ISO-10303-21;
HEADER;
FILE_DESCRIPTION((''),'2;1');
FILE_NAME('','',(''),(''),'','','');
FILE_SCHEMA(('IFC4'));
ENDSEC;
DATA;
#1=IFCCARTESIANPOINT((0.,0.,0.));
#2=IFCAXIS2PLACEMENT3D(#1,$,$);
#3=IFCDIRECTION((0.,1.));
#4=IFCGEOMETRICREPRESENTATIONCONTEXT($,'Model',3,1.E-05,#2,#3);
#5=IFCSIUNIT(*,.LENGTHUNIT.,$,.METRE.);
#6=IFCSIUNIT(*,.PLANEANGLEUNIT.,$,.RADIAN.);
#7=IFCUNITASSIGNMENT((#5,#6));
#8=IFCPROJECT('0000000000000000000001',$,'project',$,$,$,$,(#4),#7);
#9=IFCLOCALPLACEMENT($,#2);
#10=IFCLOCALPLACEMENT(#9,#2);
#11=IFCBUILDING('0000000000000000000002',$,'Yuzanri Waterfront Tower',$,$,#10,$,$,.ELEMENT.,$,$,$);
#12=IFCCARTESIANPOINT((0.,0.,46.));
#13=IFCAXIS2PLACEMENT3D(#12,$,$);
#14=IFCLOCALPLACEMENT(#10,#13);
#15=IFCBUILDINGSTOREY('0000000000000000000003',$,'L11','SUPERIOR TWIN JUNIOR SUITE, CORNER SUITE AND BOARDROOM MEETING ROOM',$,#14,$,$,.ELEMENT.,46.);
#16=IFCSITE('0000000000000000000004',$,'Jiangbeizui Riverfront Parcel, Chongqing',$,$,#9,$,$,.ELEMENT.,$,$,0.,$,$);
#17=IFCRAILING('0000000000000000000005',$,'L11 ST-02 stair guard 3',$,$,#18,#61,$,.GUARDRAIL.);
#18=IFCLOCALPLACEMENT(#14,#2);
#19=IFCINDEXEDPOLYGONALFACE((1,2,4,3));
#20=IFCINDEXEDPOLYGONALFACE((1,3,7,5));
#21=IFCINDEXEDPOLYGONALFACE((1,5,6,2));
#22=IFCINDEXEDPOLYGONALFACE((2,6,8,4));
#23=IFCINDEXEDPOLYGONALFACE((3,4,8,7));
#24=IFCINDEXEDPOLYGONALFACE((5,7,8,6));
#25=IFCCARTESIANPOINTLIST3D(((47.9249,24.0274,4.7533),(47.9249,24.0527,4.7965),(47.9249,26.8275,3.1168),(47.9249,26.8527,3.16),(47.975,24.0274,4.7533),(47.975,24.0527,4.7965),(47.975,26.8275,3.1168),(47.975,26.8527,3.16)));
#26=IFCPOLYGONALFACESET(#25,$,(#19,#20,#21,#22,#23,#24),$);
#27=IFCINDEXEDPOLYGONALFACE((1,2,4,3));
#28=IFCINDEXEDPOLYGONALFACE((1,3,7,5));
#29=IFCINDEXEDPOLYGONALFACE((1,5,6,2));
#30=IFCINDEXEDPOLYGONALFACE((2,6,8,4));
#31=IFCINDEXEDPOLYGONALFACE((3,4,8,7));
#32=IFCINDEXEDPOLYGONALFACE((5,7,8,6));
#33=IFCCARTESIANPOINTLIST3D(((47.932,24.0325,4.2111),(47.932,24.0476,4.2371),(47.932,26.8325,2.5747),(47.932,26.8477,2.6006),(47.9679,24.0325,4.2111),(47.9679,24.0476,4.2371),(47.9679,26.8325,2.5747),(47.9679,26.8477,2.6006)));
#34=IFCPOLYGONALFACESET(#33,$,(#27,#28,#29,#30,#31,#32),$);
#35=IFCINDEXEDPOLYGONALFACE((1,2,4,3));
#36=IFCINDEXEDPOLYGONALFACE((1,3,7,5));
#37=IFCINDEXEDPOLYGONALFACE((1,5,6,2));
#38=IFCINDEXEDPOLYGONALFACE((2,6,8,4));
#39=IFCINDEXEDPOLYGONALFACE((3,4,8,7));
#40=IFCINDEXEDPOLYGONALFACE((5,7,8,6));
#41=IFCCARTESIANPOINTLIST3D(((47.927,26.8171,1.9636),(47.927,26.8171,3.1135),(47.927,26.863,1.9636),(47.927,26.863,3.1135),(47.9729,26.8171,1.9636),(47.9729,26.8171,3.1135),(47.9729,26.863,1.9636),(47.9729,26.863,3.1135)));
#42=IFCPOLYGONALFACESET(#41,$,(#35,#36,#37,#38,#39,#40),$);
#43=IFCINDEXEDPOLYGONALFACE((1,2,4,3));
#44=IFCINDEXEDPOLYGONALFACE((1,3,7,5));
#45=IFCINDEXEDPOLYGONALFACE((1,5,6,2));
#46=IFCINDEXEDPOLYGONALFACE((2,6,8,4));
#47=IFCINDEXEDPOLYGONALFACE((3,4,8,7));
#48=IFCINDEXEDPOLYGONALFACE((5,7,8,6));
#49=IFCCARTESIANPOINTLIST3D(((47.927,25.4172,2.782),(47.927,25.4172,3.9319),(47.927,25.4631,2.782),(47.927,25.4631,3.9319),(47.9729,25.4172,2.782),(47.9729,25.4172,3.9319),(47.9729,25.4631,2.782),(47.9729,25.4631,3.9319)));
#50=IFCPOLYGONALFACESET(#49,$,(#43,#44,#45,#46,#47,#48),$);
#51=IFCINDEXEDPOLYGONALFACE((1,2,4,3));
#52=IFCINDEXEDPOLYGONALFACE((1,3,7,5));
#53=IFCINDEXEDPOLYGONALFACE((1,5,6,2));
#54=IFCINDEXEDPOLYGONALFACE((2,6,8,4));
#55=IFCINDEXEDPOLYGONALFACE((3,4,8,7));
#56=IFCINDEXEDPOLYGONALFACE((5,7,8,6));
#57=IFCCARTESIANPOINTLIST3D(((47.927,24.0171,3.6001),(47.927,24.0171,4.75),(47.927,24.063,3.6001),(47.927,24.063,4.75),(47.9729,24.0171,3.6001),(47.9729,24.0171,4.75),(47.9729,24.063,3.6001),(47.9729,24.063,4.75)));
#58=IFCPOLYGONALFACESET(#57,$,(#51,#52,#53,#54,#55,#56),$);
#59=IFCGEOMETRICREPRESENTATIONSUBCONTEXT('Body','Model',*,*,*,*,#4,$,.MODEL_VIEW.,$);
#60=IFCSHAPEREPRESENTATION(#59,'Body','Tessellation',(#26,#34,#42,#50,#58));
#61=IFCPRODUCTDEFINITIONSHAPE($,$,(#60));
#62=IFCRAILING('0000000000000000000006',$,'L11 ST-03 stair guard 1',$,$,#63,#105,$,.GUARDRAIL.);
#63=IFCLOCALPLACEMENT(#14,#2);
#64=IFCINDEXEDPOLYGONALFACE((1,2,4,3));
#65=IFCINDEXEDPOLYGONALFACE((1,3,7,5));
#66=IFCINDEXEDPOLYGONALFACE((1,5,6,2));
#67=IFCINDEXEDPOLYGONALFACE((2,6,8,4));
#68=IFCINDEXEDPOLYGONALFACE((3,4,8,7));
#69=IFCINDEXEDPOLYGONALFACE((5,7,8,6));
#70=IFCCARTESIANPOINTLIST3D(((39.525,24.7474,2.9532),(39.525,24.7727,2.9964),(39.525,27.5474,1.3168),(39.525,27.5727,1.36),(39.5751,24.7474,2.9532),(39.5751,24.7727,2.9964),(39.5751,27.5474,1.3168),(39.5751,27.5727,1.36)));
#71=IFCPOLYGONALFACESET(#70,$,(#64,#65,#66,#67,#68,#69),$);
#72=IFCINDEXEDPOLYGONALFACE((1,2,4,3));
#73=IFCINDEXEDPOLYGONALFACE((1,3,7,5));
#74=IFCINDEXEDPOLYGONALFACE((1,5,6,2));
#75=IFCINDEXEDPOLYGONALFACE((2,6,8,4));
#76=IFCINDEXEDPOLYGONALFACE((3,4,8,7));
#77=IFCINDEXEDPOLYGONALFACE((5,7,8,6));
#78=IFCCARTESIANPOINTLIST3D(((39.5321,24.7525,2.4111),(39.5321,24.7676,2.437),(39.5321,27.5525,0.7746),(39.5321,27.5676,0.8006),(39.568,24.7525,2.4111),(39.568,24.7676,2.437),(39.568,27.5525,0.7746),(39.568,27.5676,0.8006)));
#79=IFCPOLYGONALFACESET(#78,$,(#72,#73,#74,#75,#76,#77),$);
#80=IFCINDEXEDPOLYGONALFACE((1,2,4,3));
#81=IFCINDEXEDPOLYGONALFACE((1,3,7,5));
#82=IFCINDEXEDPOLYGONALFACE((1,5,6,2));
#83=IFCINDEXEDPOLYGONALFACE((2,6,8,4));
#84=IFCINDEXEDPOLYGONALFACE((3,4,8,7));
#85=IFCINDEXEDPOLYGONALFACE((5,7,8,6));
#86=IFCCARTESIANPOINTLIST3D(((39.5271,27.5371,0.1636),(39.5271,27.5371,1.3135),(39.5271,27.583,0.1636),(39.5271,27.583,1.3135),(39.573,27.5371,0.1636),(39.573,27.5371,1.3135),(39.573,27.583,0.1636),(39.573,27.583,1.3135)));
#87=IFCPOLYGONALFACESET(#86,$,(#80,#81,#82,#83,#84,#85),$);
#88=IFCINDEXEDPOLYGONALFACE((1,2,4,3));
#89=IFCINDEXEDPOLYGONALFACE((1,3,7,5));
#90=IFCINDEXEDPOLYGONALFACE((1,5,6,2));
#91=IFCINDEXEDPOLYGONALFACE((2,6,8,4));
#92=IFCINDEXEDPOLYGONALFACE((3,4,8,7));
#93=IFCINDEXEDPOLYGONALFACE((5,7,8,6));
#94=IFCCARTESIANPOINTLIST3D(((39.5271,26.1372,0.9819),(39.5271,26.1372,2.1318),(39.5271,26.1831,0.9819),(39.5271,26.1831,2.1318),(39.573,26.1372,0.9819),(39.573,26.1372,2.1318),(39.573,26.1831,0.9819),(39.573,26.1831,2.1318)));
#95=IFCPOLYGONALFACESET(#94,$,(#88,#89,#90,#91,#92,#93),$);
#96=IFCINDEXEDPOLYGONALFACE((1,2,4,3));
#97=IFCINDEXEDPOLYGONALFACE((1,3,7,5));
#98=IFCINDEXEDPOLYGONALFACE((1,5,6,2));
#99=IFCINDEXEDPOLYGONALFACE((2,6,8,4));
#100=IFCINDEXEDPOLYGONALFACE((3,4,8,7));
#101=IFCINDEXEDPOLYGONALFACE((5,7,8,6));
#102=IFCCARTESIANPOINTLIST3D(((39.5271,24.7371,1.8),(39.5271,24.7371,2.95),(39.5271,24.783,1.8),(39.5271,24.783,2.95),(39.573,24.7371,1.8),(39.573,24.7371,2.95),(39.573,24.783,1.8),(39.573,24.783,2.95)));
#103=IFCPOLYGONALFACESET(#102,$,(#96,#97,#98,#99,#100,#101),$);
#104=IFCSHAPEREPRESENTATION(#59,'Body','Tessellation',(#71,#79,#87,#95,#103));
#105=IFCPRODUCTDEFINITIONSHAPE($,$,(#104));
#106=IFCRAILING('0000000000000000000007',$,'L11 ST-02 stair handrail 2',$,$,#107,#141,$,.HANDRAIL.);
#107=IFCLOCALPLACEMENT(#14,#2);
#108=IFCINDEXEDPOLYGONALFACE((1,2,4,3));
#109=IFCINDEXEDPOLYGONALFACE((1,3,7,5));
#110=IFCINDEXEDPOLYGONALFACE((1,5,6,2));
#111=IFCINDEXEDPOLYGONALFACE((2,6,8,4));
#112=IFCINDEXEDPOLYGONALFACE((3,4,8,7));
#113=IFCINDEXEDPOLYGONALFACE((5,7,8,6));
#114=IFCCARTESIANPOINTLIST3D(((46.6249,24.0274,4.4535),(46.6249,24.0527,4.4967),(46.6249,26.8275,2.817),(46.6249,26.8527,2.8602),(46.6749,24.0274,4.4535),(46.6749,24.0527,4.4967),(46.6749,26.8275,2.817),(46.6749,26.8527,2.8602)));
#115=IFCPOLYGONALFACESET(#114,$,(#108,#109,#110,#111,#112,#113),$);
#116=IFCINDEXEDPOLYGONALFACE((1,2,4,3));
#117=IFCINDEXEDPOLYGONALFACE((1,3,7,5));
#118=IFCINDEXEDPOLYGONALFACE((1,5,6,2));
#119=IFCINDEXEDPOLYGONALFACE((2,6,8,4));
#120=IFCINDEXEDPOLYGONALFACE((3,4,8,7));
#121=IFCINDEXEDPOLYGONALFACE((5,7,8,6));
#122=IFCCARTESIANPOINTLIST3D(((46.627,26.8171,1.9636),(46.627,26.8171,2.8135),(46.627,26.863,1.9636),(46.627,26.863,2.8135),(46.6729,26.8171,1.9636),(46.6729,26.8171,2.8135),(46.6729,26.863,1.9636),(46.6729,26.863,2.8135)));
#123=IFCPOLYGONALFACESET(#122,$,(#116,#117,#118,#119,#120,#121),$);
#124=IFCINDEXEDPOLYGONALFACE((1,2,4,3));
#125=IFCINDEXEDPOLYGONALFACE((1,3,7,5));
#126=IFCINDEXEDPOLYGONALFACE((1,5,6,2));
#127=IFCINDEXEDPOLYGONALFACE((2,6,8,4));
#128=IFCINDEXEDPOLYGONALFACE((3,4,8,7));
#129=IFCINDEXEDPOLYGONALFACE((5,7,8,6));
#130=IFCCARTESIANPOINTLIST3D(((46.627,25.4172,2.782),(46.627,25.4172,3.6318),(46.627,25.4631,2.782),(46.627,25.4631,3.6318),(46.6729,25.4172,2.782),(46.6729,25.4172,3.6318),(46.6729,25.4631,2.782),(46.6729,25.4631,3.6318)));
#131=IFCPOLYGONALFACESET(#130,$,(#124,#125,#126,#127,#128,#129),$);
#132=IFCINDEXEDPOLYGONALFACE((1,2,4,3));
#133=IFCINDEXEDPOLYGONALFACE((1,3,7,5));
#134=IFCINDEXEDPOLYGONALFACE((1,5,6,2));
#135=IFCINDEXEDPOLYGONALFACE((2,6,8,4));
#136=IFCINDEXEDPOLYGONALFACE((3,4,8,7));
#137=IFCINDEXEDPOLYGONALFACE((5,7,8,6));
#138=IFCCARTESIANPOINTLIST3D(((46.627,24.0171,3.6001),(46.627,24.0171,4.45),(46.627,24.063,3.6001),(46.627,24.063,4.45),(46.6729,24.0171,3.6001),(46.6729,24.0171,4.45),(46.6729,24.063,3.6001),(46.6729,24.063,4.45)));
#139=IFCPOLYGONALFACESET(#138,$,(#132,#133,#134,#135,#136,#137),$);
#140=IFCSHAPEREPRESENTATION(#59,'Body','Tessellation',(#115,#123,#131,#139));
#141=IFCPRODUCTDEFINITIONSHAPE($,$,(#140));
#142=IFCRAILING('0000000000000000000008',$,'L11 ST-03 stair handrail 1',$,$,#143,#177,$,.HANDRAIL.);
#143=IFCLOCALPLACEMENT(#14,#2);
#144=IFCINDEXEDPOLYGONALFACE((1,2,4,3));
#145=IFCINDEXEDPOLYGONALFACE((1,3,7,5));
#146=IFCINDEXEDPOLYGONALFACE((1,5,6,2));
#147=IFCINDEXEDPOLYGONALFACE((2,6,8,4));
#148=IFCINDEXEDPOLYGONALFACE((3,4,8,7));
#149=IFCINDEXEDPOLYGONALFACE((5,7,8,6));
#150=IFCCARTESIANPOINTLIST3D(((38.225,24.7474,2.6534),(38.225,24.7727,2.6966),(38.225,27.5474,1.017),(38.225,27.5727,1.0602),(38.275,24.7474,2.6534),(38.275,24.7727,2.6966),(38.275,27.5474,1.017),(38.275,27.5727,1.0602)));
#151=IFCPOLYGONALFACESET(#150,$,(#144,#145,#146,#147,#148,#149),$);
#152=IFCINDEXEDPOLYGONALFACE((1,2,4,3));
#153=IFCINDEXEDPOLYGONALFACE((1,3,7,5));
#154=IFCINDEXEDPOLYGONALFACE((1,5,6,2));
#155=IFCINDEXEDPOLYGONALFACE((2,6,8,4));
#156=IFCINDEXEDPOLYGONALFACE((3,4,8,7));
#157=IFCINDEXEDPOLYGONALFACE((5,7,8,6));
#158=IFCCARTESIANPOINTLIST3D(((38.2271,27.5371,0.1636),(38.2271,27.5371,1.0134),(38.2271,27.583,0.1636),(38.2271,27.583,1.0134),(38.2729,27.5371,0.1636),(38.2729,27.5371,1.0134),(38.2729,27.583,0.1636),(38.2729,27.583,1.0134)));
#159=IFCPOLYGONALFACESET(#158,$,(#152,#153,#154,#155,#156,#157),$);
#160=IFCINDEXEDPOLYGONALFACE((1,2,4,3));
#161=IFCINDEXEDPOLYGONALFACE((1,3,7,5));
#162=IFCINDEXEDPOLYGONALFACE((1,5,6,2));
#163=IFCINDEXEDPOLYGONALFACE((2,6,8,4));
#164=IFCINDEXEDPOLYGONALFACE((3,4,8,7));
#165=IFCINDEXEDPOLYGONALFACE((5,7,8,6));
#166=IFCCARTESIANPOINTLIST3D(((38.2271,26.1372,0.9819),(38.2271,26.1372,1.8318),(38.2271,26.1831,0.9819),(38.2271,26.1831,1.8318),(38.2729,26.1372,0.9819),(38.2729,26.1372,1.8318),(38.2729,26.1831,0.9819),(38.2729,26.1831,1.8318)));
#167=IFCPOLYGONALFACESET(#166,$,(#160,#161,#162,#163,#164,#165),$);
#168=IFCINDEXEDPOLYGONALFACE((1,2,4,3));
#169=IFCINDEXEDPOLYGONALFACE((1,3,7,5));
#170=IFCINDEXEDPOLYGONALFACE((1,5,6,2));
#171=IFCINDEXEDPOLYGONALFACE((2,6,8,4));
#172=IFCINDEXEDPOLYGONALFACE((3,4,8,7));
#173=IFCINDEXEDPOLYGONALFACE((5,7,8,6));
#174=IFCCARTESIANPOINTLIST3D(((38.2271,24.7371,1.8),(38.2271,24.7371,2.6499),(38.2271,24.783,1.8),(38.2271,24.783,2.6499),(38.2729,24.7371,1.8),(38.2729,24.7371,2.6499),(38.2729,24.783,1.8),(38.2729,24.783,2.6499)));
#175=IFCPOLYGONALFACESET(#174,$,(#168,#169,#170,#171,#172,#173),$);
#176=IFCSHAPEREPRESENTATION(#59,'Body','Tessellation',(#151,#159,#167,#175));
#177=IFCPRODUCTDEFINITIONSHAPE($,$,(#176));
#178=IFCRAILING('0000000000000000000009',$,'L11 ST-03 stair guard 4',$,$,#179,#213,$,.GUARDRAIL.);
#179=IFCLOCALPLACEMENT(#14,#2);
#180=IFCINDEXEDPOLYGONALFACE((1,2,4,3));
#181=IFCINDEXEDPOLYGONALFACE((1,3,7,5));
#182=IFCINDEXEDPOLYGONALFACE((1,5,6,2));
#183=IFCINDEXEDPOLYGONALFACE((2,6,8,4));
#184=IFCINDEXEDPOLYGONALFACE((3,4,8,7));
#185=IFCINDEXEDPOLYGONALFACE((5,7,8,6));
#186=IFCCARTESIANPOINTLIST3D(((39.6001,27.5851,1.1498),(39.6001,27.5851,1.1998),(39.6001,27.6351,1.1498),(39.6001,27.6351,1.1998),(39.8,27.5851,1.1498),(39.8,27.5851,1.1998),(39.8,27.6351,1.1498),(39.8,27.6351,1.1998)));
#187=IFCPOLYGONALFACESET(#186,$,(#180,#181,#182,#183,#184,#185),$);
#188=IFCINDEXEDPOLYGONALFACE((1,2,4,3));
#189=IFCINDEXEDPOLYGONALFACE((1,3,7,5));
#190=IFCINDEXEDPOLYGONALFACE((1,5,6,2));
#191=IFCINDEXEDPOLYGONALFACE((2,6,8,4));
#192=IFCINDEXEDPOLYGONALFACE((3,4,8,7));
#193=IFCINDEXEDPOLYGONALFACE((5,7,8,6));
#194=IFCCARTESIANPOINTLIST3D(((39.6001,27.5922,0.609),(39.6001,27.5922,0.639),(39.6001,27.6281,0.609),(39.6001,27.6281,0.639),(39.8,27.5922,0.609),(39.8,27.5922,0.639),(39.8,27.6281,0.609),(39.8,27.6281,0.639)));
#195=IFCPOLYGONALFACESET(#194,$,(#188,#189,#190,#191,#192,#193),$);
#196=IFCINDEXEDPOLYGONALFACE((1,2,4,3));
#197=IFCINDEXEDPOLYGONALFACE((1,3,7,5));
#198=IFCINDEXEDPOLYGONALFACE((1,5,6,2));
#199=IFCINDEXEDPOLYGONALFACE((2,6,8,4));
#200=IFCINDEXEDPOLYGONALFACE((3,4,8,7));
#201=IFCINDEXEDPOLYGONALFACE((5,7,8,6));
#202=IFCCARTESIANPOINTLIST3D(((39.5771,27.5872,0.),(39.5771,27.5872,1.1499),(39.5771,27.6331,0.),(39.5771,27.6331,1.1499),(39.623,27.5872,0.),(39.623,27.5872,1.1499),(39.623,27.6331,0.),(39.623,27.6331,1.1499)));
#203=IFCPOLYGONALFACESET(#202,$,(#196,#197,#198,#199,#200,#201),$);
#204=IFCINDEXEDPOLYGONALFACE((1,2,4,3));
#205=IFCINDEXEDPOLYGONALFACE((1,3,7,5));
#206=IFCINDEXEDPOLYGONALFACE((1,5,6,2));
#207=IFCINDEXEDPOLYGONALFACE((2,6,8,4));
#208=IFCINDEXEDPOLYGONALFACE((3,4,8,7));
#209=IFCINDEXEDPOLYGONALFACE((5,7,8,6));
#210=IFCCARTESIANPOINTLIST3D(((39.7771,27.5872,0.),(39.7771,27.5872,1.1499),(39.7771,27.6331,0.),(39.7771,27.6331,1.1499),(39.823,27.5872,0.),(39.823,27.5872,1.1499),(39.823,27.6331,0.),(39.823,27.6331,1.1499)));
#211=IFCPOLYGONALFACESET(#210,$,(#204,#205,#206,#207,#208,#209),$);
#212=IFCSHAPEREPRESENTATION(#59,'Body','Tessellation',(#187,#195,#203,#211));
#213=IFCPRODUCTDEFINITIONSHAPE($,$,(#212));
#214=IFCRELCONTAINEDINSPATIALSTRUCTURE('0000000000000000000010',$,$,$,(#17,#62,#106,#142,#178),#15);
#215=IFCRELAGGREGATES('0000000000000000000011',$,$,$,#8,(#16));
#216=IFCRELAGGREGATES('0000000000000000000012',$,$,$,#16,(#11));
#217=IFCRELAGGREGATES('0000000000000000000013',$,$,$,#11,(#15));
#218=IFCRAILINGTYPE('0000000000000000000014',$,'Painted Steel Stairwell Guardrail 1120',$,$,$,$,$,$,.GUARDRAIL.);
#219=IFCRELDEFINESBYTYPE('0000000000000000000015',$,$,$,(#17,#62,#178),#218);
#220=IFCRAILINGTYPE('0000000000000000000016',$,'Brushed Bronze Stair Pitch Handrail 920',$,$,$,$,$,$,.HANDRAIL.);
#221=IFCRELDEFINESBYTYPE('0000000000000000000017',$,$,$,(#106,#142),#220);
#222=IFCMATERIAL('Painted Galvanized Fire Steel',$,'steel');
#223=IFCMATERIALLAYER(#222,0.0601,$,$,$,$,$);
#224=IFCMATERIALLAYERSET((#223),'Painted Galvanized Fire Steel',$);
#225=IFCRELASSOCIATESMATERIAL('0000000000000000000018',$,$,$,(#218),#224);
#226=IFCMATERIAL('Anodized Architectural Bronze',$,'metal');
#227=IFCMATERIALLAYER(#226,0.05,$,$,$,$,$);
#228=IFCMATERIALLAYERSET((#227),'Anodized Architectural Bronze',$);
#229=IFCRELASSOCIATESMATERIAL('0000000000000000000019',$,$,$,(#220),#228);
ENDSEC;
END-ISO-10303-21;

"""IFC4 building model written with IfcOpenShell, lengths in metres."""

from ifc_helpers import new_model, si_unit, direction, frame, origin, origin_2d, place, context, subcontext, project, spatial, rectangle, extrude, source, transform, mapped, material, layer, layer_set, type_object, element, save


model = new_model("IFC4")

# Units and contexts
model_context = context("Model", 3, precision=1e-05, world=origin(), true_north=direction((0.0, 1.0)))
body_context = subcontext(model_context, "Body", "Model", "MODEL_VIEW")
ifc_project = project(units=[si_unit("LENGTHUNIT", "METRE"), si_unit("PLANEANGLEUNIT", "RADIAN")], contexts=[model_context])

# Site, building, storey
site_placement = place(None, origin())
site = spatial("IfcSite", under=ifc_project, at=site_placement, Name="Jiangbeizui Riverfront Parcel, Chongqing", CompositionType="ELEMENT", RefElevation=0.0)
building_placement = place(site_placement, origin())
building = spatial("IfcBuilding", under=site, at=building_placement, Name="Yuzanri Waterfront Tower", CompositionType="ELEMENT")
storey_placement = place(building_placement, frame((0.0, 0.0, 46.0)))
storey = spatial("IfcBuildingStorey", under=building, at=storey_placement, Name="L11", Description="SUPERIOR TWIN JUNIOR SUITE, CORNER SUITE AND BOARDROOM MEETING ROOM", CompositionType="ELEMENT", Elevation=46.0)

# Railings
ifc_material_1 = material(Name="Painted Galvanized Fire Steel", Category="steel")
ifc_layer_1 = layer(ifc_material_1, 0.0601)
ifc_layer_set_1 = layer_set([ifc_layer_1], Name="Painted Galvanized Fire Steel")
railing_type_1 = type_object("IfcRailingType", Name="Painted Steel Stairwell Guardrail 1120", PredefinedType="GUARDRAIL", material=ifc_layer_set_1)
shared_shape_1 = source(origin(), body_context, "Body", "SweptSolid", [
    extrude(rectangle(XDim=0.05, YDim=0.05, at=origin_2d()), frame((0.0, 0.0, 1.1748), z_axis=(0.0, -0.863361, 0.504587), x_axis=(1.0, 0.0, 0.0)), (0.0, 0.0, 1.0), 3.2432),
    extrude(rectangle(XDim=0.0359, YDim=0.03, at=origin_2d()), frame((0.0, 0.0, 0.624), z_axis=(0.0, -0.863361, 0.504587), x_axis=(1.0, 0.0, 0.0)), (0.0, 0.0, 1.0), 3.2432),
    extrude(rectangle(XDim=0.0459, YDim=0.0459, at=origin_2d()), origin(), (0.0, 0.0, 1.0), 1.1499),
    extrude(rectangle(XDim=0.0459, YDim=0.0459, at=origin_2d()), frame((0.0, -1.3999, 0.8184)), (0.0, 0.0, 1.0), 1.1499),
    extrude(rectangle(XDim=0.0459, YDim=0.0459, at=origin_2d()), frame((0.0, -2.8, 1.6365)), (0.0, 0.0, 1.0), 1.1499),
])
for number, where, name in (
    (1, (47.95, 26.8401, 1.9636), "L11 ST-02 stair guard 3"),
    (2, (39.55, 27.5601, 0.1636), "L11 ST-03 stair guard 1"),
):
    element("IfcRailing", number, at=place(storey_placement, frame(where)), inside=storey, type_object=railing_type_1, Name=name, PredefinedType="GUARDRAIL", context=body_context, shape_type="MappedRepresentation", body=[
        mapped(shared_shape_1, transform((0.0, 0.0, 0.0), scale=1.0)),
    ])
ifc_material_2 = material(Name="Anodized Architectural Bronze", Category="metal")
ifc_layer_2 = layer(ifc_material_2, 0.05)
ifc_layer_set_2 = layer_set([ifc_layer_2], Name="Anodized Architectural Bronze")
railing_type_2 = type_object("IfcRailingType", Name="Brushed Bronze Stair Pitch Handrail 920", PredefinedType="HANDRAIL", material=ifc_layer_set_2)
shared_shape_2 = source(origin(), body_context, "Body", "SweptSolid", [
    extrude(rectangle(XDim=0.05, YDim=0.05, at=origin_2d()), frame((0.0, 0.0, 0.875), z_axis=(0.0, -0.863361, 0.504587), x_axis=(1.0, 0.0, 0.0)), (0.0, 0.0, 1.0), 3.2432),
    extrude(rectangle(XDim=0.0459, YDim=0.0459, at=origin_2d()), origin(), (0.0, 0.0, 1.0), 0.8499),
    extrude(rectangle(XDim=0.0459, YDim=0.0459, at=origin_2d()), frame((0.0, -1.3999, 0.8184)), (0.0, 0.0, 1.0), 0.8499),
    extrude(rectangle(XDim=0.0459, YDim=0.0459, at=origin_2d()), frame((0.0, -2.8, 1.6365)), (0.0, 0.0, 1.0), 0.8499),
])
for number, where, name in (
    (3, (46.6499, 26.8401, 1.9636), "L11 ST-02 stair handrail 2"),
    (4, (38.25, 27.5601, 0.1636), "L11 ST-03 stair handrail 1"),
):
    element("IfcRailing", number, at=place(storey_placement, frame(where)), inside=storey, type_object=railing_type_2, Name=name, PredefinedType="HANDRAIL", context=body_context, shape_type="MappedRepresentation", body=[
        mapped(shared_shape_2, transform((0.0, 0.0, 0.0), scale=1.0)),
    ])
shared_shape_3 = source(origin(), body_context, "Body", "SweptSolid", [
    extrude(rectangle(XDim=0.05, YDim=0.05, at=origin_2d()), frame((0.0, 0.0, 1.1748), z_axis=(1.0, 0.0, 0.0), x_axis=(0.0, 1.0, 0.0)), (0.0, 0.0, 1.0), 0.2),
    extrude(rectangle(XDim=0.0359, YDim=0.03, at=origin_2d()), frame((0.0, 0.0, 0.624), z_axis=(1.0, 0.0, 0.0), x_axis=(0.0, 1.0, 0.0)), (0.0, 0.0, 1.0), 0.2),
    extrude(rectangle(XDim=0.0459, YDim=0.0459, at=origin_2d()), origin(), (0.0, 0.0, 1.0), 1.1499),
    extrude(rectangle(XDim=0.0459, YDim=0.0459, at=origin_2d()), frame((0.2, 0.0, 0.0)), (0.0, 0.0, 1.0), 1.1499),
])
railing_1_placement = place(storey_placement, frame((39.6001, 27.6101, 0.0)))
element("IfcRailing", 5, at=railing_1_placement, inside=storey, type_object=railing_type_1, Name="L11 ST-03 stair guard 4", PredefinedType="GUARDRAIL", context=body_context, shape_type="MappedRepresentation", body=[
    mapped(shared_shape_3, transform((0.0, 0.0, 0.0), scale=1.0)),
])

save(model, "model.ifc")
